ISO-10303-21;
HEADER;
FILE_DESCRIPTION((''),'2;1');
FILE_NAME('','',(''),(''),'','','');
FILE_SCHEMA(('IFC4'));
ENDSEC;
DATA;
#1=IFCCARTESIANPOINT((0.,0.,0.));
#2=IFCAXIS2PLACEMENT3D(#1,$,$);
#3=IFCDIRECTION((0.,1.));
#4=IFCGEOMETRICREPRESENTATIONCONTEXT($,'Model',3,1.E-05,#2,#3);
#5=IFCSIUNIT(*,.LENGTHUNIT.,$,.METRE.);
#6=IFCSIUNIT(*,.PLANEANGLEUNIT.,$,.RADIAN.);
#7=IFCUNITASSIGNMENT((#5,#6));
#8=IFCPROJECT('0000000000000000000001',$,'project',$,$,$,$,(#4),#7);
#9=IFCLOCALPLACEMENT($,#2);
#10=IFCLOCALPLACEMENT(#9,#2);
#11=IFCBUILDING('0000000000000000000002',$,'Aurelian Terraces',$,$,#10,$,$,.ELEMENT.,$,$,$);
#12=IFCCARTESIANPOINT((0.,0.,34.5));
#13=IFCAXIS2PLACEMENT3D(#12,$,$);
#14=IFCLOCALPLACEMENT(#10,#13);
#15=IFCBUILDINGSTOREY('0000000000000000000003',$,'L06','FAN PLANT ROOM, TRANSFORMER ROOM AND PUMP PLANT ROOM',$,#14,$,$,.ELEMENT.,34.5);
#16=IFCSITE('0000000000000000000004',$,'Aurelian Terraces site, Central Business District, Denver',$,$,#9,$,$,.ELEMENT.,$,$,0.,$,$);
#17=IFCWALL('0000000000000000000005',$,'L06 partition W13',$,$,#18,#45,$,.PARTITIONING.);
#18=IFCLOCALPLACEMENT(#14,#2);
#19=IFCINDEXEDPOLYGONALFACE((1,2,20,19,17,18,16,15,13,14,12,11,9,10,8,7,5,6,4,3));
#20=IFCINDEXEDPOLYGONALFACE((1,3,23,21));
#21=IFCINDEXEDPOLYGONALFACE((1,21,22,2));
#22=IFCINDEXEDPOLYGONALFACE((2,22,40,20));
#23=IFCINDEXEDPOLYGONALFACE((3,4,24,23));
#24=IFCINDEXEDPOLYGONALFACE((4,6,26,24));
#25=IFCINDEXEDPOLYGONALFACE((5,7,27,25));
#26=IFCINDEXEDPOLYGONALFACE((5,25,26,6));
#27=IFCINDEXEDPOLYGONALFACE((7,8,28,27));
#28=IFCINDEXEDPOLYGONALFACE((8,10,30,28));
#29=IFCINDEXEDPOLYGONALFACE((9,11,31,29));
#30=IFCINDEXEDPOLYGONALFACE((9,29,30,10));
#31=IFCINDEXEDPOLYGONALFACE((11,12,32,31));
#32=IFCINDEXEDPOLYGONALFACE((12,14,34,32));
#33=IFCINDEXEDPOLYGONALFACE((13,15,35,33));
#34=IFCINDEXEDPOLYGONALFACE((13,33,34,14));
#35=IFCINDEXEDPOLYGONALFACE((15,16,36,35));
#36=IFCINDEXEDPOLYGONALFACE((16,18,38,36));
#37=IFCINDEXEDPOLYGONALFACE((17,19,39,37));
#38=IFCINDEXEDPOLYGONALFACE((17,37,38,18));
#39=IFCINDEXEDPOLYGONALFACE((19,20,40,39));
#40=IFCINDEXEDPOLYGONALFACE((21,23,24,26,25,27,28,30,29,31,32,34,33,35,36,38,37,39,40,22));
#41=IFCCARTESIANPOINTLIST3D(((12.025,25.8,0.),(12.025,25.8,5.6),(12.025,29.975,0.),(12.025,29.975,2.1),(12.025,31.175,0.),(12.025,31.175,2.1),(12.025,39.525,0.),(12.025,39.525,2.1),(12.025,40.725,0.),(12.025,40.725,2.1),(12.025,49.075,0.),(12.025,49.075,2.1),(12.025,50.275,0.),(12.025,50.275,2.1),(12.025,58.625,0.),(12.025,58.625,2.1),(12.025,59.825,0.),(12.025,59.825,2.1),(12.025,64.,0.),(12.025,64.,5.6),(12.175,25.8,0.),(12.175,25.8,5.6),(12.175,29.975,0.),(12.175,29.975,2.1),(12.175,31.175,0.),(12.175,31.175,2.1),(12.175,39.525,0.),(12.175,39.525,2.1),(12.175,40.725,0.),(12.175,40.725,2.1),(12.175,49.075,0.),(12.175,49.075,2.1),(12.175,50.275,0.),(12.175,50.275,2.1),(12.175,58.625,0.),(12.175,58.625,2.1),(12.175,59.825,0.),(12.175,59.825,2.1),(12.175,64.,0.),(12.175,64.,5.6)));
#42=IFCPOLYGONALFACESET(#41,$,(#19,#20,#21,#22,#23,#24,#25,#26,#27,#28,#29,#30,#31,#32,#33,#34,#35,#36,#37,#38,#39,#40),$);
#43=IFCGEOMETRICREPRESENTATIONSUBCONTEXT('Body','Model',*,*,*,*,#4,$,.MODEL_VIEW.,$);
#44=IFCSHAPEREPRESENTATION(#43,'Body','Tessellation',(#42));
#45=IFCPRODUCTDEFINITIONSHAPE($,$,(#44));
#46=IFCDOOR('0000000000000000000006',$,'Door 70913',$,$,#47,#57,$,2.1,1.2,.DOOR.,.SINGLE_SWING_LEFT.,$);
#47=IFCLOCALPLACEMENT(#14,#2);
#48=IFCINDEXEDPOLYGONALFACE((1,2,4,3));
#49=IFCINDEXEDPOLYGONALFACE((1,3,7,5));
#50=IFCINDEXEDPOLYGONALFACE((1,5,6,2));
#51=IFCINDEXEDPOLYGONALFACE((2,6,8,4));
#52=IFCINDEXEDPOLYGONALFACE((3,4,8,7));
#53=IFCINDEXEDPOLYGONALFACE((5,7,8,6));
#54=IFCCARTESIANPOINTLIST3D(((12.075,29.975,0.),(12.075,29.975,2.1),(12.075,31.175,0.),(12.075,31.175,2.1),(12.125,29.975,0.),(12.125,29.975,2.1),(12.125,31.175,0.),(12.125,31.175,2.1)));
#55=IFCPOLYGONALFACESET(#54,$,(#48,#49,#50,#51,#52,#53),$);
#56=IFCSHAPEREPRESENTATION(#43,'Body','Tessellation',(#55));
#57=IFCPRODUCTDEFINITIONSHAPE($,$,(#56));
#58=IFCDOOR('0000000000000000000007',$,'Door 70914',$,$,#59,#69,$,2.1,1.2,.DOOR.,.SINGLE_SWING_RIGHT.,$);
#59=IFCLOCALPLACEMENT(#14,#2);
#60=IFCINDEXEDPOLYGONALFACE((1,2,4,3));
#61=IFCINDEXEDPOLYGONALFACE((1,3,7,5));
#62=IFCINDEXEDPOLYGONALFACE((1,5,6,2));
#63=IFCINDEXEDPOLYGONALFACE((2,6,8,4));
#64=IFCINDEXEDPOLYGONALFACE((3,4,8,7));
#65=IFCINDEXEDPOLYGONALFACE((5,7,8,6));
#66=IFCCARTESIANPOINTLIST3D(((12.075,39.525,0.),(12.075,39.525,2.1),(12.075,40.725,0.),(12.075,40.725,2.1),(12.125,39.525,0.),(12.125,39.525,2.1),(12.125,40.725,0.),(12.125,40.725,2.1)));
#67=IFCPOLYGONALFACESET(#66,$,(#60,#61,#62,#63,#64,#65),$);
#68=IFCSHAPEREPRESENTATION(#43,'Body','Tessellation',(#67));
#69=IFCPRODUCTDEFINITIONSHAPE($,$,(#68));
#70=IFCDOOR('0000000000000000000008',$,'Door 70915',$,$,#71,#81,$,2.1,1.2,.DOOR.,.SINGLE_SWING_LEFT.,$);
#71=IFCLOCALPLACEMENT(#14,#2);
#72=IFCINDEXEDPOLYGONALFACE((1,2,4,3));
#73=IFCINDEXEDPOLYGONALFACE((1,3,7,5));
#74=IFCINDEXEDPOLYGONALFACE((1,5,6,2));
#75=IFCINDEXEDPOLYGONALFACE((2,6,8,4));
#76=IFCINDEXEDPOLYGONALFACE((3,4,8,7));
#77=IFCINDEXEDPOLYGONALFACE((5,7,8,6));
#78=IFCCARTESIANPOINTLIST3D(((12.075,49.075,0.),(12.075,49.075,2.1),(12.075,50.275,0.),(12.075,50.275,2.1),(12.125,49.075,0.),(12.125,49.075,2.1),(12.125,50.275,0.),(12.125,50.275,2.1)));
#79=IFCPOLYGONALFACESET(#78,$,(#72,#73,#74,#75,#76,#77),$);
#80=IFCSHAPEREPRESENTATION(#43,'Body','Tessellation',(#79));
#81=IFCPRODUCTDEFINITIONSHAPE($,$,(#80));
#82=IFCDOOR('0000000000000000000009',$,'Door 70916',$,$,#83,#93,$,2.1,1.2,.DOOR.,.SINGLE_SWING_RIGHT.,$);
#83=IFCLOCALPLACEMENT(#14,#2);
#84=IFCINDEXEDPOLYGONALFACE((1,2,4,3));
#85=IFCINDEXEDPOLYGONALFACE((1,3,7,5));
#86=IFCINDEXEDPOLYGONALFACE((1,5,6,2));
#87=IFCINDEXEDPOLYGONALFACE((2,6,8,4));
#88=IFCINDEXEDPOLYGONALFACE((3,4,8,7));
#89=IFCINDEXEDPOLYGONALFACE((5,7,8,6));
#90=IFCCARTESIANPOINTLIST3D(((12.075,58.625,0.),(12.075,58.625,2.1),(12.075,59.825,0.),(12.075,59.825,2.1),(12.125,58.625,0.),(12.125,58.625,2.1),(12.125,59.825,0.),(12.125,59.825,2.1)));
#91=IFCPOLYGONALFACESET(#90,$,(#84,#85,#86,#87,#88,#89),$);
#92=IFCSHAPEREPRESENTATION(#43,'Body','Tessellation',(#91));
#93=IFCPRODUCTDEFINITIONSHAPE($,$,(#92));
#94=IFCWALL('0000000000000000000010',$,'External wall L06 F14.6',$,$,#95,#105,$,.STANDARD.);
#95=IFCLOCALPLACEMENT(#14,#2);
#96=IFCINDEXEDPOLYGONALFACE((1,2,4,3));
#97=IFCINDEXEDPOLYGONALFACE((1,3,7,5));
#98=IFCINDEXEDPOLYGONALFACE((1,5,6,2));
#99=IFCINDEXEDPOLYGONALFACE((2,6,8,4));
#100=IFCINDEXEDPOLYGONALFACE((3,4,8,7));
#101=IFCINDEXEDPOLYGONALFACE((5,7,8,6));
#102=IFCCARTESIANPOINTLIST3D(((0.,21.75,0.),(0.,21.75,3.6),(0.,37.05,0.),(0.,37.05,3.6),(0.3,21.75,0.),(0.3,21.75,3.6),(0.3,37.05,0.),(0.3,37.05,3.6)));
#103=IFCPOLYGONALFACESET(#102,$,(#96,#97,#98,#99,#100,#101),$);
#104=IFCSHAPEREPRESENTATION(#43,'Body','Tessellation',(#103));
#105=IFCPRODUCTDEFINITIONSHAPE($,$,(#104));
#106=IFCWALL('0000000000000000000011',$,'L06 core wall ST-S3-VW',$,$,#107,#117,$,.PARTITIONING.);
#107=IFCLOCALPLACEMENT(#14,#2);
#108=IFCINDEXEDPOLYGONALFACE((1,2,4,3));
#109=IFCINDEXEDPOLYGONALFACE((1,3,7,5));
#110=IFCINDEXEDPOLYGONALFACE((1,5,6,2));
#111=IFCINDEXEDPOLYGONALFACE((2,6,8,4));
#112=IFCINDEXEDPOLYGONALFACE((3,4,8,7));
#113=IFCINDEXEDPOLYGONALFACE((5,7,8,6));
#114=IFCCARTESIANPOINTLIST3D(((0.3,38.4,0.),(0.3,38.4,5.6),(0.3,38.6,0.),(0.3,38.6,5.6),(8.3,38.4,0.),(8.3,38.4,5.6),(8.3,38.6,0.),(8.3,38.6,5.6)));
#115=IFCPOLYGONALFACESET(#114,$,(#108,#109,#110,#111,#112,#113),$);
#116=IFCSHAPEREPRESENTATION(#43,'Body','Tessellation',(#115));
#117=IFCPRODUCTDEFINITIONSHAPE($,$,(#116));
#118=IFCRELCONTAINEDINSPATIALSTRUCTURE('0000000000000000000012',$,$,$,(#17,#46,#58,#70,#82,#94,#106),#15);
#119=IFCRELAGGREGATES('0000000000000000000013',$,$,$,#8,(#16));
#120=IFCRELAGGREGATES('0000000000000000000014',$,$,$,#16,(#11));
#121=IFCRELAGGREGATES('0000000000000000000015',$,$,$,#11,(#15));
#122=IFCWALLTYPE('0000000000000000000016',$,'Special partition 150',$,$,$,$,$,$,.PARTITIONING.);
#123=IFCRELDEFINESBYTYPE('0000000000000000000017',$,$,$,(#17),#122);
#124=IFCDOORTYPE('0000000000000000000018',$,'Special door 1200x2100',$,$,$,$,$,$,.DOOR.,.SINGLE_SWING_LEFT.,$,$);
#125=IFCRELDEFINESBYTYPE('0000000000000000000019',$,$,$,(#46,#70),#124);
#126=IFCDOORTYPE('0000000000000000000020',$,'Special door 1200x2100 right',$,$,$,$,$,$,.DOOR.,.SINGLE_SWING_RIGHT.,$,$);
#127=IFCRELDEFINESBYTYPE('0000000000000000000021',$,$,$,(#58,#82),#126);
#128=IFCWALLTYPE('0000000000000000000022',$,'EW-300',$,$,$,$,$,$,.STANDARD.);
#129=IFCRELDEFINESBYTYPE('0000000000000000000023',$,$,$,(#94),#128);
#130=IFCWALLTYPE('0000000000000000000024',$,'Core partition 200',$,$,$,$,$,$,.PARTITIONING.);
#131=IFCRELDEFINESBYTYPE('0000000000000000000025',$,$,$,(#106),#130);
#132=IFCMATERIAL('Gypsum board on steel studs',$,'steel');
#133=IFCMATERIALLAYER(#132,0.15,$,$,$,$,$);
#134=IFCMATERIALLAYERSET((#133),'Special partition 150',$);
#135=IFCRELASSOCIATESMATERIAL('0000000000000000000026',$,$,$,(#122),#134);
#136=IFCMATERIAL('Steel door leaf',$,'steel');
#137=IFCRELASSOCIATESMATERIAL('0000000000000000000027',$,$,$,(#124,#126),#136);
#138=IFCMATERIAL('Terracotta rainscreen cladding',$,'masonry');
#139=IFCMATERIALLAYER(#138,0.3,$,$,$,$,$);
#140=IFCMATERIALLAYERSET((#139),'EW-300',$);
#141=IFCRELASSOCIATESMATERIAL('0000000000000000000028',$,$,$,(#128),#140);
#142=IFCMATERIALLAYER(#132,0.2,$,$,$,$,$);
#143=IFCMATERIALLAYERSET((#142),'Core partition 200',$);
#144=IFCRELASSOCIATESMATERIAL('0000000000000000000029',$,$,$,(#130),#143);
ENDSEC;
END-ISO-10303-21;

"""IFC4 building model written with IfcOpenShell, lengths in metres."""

from ifc_helpers import new_model, si_unit, direction, frame, frame_2d, origin, place, context, subcontext, project, spatial, rectangle, extrude, source, transform, mapped, material, layer, layer_set, type_object, element, fill, save


model = new_model("IFC4")

# Units and contexts
model_context = context("Model", 3, precision=1e-05, world=origin(), true_north=direction((0.0, 1.0)))
body_context = subcontext(model_context, "Body", "Model", "MODEL_VIEW")
ifc_project = project(units=[si_unit("LENGTHUNIT", "METRE"), si_unit("PLANEANGLEUNIT", "RADIAN")], contexts=[model_context])

# Site, building, storey
site_placement = place(None, origin())
site = spatial("IfcSite", under=ifc_project, at=site_placement, Name="Aurelian Terraces site, Central Business District, Denver", CompositionType="ELEMENT", RefElevation=0.0)
building_placement = place(site_placement, origin())
building = spatial("IfcBuilding", under=site, at=building_placement, Name="Aurelian Terraces", CompositionType="ELEMENT")
storey_placement = place(building_placement, frame((0.0, 0.0, 34.5)))
storey = spatial("IfcBuildingStorey", under=building, at=storey_placement, Name="L06", Description="FAN PLANT ROOM, TRANSFORMER ROOM AND PUMP PLANT ROOM", CompositionType="ELEMENT", Elevation=34.5)

# Shared definitions
ifc_material_1 = material(Name="Gypsum board on steel studs", Category="steel")
ifc_layer_1 = layer(ifc_material_1, 0.15)
ifc_layer_set_1 = layer_set([ifc_layer_1], Name="Special partition 150")
wall_type_1 = type_object("IfcWallType", Name="Special partition 150", PredefinedType="PARTITIONING", material=ifc_layer_set_1)

# Wall, openings, doors
shared_shape_1 = source(origin(), body_context, "Body", "SweptSolid", [
    extrude(rectangle(XDim=1.2, YDim=2.1, at=frame_2d((0.6, 1.05))), frame((0.0, 0.085, 0.0), z_axis=(0.0, -1.0, 0.0), x_axis=(1.0, 0.0, 0.0)), (0.0, 0.0, 1.0), 0.17),
])
ifc_material_2 = material(Name="Steel door leaf", Category="steel")
door_type_1 = type_object("IfcDoorType", Name="Special door 1200x2100", OperationType="SINGLE_SWING_LEFT", PredefinedType="DOOR", material=ifc_material_2)
shared_shape_2 = source(origin(), body_context, "Body", "SweptSolid", [
    extrude(rectangle(XDim=1.2, YDim=2.1, at=frame_2d((0.6, 1.05))), frame((0.0, 0.025, 0.0), z_axis=(0.0, -1.0, 0.0), x_axis=(1.0, 0.0, 0.0)), (0.0, 0.0, 1.0), 0.05),
])
door_type_2 = type_object("IfcDoorType", Name="Special door 1200x2100 right", OperationType="SINGLE_SWING_RIGHT", PredefinedType="DOOR", material=ifc_material_2)
wall_1_placement = place(storey_placement, frame((12.1, 25.8, 0.0), z_axis=(0.0, 0.0, 1.0), x_axis=(0.0, 1.0, 0.0)))
wall_1 = element("IfcWall", 1, at=wall_1_placement, inside=storey, type_object=wall_type_1, Name="L06 partition W13", PredefinedType="PARTITIONING", context=body_context, shape_type="SweptSolid", body=[
    extrude(rectangle(XDim=38.2, YDim=0.15, at=frame_2d((19.1, 0.0))), origin(), (0.0, 0.0, 1.0), 5.6),
])
opening_1_placement = place(wall_1_placement, frame((4.175, 0.0, 0.0)))
opening_1 = element("IfcOpeningElement", 2, at=opening_1_placement, cuts=wall_1, PredefinedType="OPENING", context=body_context, shape_type="MappedRepresentation", body=[
    mapped(shared_shape_1, transform((0.0, 0.0, 0.0), scale=1.0)),
])
opening_2_placement = place(wall_1_placement, frame((13.725, 0.0, 0.0)))
opening_2 = element("IfcOpeningElement", 3, at=opening_2_placement, cuts=wall_1, PredefinedType="OPENING", context=body_context, shape_type="MappedRepresentation", body=[
    mapped(shared_shape_1, transform((0.0, 0.0, 0.0), scale=1.0)),
])
opening_3_placement = place(wall_1_placement, frame((23.275, 0.0, 0.0)))
opening_3 = element("IfcOpeningElement", 4, at=opening_3_placement, cuts=wall_1, PredefinedType="OPENING", context=body_context, shape_type="MappedRepresentation", body=[
    mapped(shared_shape_1, transform((0.0, 0.0, 0.0), scale=1.0)),
])
opening_4_placement = place(wall_1_placement, frame((32.825, 0.0, 0.0)))
opening_4 = element("IfcOpeningElement", 5, at=opening_4_placement, cuts=wall_1, PredefinedType="OPENING", context=body_context, shape_type="MappedRepresentation", body=[
    mapped(shared_shape_1, transform((0.0, 0.0, 0.0), scale=1.0)),
])
door_1_placement = place(opening_1_placement, origin())
door_1 = element("IfcDoor", 6, at=door_1_placement, inside=storey, type_object=door_type_1, Name="Door 70913", OperationType="SINGLE_SWING_LEFT", OverallHeight=2.1, OverallWidth=1.2, PredefinedType="DOOR", context=body_context, shape_type="MappedRepresentation", body=[
    mapped(shared_shape_2, transform((0.0, 0.0, 0.0), scale=1.0)),
])
fill(opening_1, door_1)
door_2_placement = place(opening_2_placement, origin())
door_2 = element("IfcDoor", 7, at=door_2_placement, inside=storey, type_object=door_type_2, Name="Door 70914", OperationType="SINGLE_SWING_RIGHT", OverallHeight=2.1, OverallWidth=1.2, PredefinedType="DOOR", context=body_context, shape_type="MappedRepresentation", body=[
    mapped(shared_shape_2, transform((0.0, 0.0, 0.0), scale=1.0)),
])
fill(opening_2, door_2)
door_3_placement = place(opening_3_placement, origin())
door_3 = element("IfcDoor", 8, at=door_3_placement, inside=storey, type_object=door_type_1, Name="Door 70915", OperationType="SINGLE_SWING_LEFT", OverallHeight=2.1, OverallWidth=1.2, PredefinedType="DOOR", context=body_context, shape_type="MappedRepresentation", body=[
    mapped(shared_shape_2, transform((0.0, 0.0, 0.0), scale=1.0)),
])
fill(opening_3, door_3)
door_4_placement = place(opening_4_placement, origin())
door_4 = element("IfcDoor", 9, at=door_4_placement, inside=storey, type_object=door_type_2, Name="Door 70916", OperationType="SINGLE_SWING_RIGHT", OverallHeight=2.1, OverallWidth=1.2, PredefinedType="DOOR", context=body_context, shape_type="MappedRepresentation", body=[
    mapped(shared_shape_2, transform((0.0, 0.0, 0.0), scale=1.0)),
])
fill(opening_4, door_4)

# Walls
ifc_material_3 = material(Name="Terracotta rainscreen cladding", Category="masonry")
ifc_layer_2 = layer(ifc_material_3, 0.3)
ifc_layer_set_2 = layer_set([ifc_layer_2], Name="EW-300")
wall_type_2 = type_object("IfcWallType", Name="EW-300", PredefinedType="STANDARD", material=ifc_layer_set_2)
shared_shape_3 = source(origin(), body_context, "Body", "SweptSolid", [
    extrude(rectangle(XDim=15.3, YDim=0.3, at=frame_2d((7.65, 0.0))), origin(), (0.0, 0.0, 1.0), 3.6),
])
wall_2_placement = place(storey_placement, frame((0.15, 37.05, 0.0), z_axis=(0.0, 0.0, 1.0), x_axis=(0.0, -1.0, 0.0)))
element("IfcWall", 10, at=wall_2_placement, inside=storey, type_object=wall_type_2, Name="External wall L06 F14.6", PredefinedType="STANDARD", context=body_context, shape_type="MappedRepresentation", body=[
    mapped(shared_shape_3, transform((0.0, 0.0, 0.0), scale=1.0)),
])
ifc_layer_3 = layer(ifc_material_1, 0.2)
ifc_layer_set_3 = layer_set([ifc_layer_3], Name="Core partition 200")
wall_type_3 = type_object("IfcWallType", Name="Core partition 200", PredefinedType="PARTITIONING", material=ifc_layer_set_3)
shared_shape_4 = source(origin(), body_context, "Body", "SweptSolid", [
    extrude(rectangle(XDim=8.0, YDim=0.2, at=frame_2d((4.0, 0.0))), origin(), (0.0, 0.0, 1.0), 5.6),
])
wall_3_placement = place(storey_placement, frame((0.3, 38.5, 0.0), z_axis=(0.0, 0.0, 1.0), x_axis=(1.0, 0.0, 0.0)))
element("IfcWall", 11, at=wall_3_placement, inside=storey, type_object=wall_type_3, Name="L06 core wall ST-S3-VW", PredefinedType="PARTITIONING", context=body_context, shape_type="MappedRepresentation", body=[
    mapped(shared_shape_4, transform((0.0, 0.0, 0.0), scale=1.0)),
])

save(model, "model.ifc")
